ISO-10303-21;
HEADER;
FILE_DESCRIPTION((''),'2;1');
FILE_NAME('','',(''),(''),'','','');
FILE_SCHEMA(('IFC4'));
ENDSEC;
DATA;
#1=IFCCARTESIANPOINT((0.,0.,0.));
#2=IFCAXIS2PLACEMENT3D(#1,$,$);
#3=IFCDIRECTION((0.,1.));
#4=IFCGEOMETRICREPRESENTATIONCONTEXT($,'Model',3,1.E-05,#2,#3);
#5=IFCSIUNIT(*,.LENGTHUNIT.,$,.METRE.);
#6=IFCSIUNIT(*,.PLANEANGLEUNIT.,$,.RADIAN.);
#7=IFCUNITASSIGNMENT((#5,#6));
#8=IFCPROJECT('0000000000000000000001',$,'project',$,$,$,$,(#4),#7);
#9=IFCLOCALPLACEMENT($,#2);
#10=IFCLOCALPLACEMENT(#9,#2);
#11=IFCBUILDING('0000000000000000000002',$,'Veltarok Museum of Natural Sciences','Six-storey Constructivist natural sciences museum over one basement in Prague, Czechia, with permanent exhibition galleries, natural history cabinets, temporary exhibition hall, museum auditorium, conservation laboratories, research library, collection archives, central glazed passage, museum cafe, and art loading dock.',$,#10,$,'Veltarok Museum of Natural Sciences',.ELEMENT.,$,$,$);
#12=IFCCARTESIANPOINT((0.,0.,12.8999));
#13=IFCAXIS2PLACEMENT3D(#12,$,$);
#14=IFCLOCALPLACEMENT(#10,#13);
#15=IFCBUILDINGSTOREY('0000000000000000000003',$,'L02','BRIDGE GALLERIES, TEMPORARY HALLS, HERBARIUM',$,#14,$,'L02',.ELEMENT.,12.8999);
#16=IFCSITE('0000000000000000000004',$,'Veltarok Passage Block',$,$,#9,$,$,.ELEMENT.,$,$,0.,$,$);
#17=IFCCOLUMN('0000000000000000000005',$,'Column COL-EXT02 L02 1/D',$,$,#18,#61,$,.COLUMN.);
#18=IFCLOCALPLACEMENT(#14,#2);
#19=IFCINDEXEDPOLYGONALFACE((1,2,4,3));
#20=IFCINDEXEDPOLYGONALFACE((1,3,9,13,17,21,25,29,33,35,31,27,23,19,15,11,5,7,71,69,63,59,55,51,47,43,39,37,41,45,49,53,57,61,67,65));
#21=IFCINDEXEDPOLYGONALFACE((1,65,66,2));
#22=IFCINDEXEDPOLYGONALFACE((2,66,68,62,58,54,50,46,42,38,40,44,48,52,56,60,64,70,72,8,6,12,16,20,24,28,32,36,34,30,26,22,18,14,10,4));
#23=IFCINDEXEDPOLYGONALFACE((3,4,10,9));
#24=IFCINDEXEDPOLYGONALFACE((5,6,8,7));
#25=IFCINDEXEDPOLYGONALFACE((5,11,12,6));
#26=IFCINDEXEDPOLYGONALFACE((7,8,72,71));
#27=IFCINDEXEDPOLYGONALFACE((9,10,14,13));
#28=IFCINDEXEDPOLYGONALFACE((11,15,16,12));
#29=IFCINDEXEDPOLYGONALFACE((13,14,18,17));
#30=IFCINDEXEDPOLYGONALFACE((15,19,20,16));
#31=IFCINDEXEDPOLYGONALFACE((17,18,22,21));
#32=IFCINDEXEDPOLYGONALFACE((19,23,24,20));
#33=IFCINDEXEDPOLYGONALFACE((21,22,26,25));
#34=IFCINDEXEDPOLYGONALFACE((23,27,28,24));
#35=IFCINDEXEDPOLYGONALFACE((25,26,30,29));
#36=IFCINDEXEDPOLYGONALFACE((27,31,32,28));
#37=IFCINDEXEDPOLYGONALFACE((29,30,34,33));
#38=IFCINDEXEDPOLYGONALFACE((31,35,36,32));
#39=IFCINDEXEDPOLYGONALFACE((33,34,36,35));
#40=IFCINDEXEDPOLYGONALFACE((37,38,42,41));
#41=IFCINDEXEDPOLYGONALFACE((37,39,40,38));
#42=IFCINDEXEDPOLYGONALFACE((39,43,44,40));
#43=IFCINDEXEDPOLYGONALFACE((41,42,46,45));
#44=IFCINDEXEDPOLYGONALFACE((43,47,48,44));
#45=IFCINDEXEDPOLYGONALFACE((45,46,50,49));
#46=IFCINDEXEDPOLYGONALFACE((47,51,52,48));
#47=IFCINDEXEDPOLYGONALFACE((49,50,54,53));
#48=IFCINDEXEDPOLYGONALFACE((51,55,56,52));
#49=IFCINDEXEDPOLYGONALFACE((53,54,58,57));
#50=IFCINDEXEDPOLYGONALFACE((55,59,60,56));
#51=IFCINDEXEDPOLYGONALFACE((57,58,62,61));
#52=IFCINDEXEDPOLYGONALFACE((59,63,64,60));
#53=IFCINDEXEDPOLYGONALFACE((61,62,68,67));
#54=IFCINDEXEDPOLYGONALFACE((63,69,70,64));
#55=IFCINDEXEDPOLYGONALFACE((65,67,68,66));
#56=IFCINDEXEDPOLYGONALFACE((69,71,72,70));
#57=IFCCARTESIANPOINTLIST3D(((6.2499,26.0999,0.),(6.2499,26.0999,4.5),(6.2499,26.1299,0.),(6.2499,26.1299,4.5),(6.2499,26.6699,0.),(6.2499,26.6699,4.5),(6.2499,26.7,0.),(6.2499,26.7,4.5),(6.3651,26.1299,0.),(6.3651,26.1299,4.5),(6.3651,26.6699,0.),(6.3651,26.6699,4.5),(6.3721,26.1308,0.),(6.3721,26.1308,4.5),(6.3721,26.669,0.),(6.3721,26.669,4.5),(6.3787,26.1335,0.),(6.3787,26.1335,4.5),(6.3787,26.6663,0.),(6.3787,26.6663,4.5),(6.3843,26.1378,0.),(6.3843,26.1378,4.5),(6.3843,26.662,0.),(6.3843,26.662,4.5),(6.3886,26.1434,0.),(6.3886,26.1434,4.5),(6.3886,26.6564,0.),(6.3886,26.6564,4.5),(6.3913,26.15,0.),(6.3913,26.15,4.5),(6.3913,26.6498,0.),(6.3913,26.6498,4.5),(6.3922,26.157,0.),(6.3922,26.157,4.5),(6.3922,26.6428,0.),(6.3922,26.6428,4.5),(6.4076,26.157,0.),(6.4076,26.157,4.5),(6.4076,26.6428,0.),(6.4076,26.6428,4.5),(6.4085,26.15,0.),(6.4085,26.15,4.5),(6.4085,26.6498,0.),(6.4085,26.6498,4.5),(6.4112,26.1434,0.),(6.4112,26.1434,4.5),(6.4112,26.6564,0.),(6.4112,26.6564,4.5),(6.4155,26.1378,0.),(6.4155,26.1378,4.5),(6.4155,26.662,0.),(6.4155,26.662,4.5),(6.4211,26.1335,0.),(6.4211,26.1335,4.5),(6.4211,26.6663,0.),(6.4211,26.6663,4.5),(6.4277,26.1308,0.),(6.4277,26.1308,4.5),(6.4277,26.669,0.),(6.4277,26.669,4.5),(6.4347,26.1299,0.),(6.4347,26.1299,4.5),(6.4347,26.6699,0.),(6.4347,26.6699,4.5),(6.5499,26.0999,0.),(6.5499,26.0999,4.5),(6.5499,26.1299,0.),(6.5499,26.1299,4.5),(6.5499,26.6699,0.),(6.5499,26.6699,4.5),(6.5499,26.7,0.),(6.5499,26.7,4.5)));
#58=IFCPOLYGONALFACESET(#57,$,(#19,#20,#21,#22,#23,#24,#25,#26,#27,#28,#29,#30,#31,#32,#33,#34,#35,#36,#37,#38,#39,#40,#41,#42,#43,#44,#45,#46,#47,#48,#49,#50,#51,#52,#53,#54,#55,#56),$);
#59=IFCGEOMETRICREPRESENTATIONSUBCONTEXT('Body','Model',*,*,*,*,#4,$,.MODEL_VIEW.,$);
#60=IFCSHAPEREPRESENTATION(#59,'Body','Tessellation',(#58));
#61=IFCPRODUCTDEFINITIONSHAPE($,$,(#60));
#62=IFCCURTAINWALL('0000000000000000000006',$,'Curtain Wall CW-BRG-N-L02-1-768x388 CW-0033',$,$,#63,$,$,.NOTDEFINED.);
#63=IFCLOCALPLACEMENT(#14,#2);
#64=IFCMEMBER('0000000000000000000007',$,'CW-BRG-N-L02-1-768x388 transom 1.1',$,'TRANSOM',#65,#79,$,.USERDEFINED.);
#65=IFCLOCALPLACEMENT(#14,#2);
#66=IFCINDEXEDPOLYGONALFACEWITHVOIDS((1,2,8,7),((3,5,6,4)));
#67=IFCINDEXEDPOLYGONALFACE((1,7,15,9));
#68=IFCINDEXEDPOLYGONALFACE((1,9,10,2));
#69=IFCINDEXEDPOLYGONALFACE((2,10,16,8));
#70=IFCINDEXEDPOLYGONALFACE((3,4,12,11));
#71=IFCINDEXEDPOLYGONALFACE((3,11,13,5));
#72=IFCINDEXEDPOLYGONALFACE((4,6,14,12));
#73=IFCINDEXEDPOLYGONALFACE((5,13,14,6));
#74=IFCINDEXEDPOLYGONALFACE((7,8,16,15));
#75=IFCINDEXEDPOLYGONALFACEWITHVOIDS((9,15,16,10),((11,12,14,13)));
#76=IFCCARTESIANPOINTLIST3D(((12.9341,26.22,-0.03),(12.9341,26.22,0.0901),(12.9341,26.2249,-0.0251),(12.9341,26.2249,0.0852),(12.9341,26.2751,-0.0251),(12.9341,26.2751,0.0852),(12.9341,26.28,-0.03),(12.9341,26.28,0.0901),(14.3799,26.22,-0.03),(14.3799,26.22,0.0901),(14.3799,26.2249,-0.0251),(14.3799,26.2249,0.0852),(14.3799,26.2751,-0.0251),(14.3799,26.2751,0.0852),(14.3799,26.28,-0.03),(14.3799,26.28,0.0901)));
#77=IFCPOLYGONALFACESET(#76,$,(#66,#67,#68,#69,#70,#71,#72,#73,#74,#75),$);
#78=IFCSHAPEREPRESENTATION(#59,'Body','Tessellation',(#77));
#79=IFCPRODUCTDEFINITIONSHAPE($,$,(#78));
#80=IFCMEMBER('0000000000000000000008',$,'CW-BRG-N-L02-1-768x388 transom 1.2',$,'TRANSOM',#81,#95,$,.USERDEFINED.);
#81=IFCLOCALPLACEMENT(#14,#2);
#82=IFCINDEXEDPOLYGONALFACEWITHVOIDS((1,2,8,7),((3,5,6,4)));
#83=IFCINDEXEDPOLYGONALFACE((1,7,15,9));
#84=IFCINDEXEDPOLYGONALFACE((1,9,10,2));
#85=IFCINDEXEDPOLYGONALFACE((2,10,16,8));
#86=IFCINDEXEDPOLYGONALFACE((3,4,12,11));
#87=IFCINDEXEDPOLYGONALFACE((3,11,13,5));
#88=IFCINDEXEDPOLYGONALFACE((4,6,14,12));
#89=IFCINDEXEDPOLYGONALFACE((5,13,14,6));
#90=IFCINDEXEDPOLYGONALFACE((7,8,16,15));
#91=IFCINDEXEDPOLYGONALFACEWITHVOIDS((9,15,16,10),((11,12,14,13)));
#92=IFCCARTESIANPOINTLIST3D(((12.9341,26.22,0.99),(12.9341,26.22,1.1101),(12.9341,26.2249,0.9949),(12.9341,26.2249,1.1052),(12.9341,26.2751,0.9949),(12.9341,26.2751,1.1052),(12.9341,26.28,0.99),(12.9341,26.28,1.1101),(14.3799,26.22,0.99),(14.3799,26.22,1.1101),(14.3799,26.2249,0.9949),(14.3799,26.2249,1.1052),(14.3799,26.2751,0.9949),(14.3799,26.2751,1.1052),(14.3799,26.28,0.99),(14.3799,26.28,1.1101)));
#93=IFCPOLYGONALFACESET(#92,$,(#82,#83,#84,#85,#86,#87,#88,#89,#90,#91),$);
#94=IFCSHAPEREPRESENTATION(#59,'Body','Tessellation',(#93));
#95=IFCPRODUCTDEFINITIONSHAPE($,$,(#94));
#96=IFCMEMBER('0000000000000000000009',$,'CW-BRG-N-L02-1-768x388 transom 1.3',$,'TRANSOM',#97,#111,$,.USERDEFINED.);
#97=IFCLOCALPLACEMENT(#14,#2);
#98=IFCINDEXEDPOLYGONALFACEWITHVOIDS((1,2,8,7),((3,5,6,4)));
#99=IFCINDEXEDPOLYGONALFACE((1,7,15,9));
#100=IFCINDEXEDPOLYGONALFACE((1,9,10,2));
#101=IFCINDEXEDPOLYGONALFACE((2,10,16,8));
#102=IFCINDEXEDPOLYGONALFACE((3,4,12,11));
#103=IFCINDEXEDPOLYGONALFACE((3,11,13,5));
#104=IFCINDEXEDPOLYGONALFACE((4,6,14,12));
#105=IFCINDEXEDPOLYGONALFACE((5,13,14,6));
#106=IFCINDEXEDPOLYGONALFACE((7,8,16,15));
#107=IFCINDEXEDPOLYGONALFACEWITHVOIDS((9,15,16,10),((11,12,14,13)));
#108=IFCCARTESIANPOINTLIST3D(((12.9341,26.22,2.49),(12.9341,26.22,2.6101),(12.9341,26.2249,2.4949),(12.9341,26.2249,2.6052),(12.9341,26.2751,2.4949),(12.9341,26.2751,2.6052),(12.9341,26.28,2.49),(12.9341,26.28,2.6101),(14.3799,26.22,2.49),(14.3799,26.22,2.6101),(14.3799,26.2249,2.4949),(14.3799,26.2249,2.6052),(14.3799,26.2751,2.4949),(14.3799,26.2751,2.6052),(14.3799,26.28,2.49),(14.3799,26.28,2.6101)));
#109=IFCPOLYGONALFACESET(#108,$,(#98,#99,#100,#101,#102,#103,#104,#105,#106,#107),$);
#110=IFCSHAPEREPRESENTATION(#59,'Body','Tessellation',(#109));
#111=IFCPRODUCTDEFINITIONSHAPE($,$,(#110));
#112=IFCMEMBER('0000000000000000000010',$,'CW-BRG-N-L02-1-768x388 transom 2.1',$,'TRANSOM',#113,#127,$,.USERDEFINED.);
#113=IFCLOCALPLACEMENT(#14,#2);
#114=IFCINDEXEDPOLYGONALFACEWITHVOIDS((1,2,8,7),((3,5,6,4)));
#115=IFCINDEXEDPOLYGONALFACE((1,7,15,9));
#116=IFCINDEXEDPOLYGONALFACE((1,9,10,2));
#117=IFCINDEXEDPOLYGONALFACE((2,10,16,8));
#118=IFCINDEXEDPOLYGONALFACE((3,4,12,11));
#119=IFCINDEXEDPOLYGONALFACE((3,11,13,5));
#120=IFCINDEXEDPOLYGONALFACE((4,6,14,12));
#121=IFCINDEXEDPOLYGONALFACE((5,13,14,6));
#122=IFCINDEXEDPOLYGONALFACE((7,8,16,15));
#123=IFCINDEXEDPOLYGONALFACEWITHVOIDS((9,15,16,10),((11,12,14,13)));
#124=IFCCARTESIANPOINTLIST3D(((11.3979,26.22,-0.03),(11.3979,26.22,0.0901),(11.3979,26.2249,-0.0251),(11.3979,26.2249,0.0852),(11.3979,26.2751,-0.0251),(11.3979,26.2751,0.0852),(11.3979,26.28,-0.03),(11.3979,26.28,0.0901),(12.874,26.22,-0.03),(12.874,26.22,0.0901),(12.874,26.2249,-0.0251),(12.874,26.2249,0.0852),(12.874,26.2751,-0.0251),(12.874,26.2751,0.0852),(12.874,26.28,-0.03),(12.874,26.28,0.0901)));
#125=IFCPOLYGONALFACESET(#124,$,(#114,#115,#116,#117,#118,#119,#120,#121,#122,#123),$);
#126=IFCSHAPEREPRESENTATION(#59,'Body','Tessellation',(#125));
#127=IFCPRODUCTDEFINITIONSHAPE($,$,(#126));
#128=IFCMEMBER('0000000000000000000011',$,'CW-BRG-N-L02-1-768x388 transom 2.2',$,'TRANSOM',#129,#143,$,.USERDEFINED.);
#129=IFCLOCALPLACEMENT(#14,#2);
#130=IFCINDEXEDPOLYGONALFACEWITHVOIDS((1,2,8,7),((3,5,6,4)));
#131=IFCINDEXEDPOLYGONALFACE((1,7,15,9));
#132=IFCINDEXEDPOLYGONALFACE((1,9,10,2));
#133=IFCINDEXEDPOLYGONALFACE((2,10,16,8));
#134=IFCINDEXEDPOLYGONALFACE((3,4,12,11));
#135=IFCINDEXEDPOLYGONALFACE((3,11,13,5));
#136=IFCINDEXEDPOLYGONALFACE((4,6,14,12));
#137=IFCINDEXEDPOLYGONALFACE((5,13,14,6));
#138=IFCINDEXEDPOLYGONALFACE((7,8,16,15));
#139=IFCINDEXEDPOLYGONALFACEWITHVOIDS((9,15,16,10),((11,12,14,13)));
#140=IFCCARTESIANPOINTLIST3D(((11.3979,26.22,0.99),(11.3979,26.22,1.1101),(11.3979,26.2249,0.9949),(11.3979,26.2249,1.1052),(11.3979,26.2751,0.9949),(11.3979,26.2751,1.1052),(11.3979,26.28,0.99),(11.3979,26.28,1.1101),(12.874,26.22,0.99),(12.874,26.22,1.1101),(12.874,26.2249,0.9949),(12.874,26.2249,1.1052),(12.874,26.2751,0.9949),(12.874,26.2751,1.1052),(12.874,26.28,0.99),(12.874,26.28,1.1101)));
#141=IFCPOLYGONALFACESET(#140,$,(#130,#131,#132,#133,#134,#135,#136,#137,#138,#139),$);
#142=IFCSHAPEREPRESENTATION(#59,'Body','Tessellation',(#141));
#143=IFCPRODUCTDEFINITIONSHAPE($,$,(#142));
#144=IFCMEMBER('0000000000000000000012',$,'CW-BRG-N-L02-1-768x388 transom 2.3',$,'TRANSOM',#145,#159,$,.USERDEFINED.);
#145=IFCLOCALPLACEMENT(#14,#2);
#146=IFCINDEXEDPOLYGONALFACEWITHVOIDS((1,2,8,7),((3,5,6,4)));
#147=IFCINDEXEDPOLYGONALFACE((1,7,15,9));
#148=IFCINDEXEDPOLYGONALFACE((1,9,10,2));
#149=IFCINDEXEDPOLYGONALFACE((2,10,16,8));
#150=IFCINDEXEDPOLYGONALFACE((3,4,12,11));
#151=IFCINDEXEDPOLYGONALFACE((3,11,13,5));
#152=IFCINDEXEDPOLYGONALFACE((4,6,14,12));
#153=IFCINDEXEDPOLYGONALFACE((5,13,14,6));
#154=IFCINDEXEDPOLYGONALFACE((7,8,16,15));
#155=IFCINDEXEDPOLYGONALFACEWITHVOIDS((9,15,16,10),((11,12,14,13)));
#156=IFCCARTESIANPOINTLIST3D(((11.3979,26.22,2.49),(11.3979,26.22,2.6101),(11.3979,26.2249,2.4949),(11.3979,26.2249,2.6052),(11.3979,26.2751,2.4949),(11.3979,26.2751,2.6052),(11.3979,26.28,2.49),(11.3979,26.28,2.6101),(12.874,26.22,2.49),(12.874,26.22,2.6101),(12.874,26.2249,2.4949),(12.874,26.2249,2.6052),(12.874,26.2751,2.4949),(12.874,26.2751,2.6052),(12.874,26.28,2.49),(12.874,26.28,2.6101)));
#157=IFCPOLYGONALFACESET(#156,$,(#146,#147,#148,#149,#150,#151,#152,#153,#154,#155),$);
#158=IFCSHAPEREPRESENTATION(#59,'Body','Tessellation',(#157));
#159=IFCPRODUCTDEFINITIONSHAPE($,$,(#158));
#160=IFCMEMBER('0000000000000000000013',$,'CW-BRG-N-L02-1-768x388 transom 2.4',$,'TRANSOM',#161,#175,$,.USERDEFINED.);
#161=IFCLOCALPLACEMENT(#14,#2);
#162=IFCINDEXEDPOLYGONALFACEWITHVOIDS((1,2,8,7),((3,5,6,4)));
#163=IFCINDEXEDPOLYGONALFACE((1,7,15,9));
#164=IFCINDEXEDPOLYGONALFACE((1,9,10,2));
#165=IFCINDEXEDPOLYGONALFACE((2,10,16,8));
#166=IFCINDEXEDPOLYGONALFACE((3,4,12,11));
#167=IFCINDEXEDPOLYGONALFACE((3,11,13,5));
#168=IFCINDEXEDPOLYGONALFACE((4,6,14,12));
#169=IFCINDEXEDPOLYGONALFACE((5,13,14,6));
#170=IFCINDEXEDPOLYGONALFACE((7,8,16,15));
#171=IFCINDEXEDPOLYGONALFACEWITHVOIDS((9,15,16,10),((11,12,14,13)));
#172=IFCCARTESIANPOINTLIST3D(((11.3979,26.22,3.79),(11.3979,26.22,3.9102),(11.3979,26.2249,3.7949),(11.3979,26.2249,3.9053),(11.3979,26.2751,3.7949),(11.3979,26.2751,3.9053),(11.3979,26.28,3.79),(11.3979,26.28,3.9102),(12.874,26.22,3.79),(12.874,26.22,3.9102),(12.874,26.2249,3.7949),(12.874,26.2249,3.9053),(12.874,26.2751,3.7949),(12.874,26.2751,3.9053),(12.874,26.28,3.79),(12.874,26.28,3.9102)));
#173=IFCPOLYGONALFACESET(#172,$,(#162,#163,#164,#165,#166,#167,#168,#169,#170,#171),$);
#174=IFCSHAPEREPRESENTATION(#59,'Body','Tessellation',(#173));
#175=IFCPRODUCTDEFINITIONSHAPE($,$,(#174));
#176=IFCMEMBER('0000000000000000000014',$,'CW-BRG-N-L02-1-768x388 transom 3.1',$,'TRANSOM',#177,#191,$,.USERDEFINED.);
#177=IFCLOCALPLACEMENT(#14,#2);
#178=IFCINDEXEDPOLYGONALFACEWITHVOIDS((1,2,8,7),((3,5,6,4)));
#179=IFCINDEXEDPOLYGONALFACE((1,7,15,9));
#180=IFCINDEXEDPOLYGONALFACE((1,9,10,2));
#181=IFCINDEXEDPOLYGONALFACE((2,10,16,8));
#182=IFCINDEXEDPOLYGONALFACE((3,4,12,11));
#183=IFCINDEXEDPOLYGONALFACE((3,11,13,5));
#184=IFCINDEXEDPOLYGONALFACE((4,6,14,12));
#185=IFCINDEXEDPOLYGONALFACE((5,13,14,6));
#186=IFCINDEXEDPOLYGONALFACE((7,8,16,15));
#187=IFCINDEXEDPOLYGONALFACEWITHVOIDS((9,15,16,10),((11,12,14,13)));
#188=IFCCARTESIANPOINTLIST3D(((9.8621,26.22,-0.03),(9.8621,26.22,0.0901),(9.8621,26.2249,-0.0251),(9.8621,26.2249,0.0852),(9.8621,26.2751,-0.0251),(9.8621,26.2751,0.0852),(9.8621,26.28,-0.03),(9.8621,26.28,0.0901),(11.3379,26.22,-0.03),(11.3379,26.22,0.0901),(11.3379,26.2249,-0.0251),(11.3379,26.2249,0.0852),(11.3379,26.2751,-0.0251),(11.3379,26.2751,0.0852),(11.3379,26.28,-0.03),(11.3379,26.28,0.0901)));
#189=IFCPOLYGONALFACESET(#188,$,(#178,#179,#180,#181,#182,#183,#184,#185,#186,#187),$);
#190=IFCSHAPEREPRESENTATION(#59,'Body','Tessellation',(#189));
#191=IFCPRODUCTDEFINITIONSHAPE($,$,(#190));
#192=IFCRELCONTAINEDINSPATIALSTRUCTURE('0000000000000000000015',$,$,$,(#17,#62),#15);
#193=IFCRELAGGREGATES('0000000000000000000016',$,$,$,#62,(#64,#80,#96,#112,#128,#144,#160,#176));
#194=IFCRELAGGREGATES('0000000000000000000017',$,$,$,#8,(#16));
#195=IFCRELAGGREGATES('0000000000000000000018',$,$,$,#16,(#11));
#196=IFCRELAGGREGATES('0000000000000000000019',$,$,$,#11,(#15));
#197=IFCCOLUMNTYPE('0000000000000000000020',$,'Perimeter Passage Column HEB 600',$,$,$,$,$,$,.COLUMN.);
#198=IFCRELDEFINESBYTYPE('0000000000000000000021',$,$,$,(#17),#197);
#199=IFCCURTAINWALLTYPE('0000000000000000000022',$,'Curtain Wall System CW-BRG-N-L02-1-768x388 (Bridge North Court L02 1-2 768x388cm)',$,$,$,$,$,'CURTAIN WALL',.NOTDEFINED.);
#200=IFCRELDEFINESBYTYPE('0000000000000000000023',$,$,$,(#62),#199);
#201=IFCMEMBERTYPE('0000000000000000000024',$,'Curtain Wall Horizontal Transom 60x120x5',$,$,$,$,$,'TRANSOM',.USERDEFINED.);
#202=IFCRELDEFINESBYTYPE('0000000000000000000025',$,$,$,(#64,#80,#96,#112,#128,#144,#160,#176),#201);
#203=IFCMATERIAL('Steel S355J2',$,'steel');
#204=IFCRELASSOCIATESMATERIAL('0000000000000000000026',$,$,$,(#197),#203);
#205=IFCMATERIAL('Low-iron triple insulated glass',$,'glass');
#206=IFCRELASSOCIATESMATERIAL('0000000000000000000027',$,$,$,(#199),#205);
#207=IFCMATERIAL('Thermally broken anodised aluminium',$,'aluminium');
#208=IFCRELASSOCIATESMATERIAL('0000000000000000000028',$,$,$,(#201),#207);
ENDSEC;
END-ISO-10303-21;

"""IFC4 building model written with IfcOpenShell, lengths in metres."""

from ifc_helpers import new_model, si_unit, direction, frame, origin, origin_2d, place, context, subcontext, project, spatial, hollow_rectangle, i_section, extrude, material, material_profile, profile_set, type_object, element, aggregate, save


model = new_model("IFC4")

# Units and contexts
model_context = context("Model", 3, precision=1e-05, world=origin(), true_north=direction((0.0, 1.0)))
body_context = subcontext(model_context, "Body", "Model", "MODEL_VIEW")
ifc_project = project(units=[si_unit("LENGTHUNIT", "METRE"), si_unit("PLANEANGLEUNIT", "RADIAN")], contexts=[model_context])

# Site, building, storey
site_placement = place(None, origin())
site = spatial("IfcSite", under=ifc_project, at=site_placement, Name="Veltarok Passage Block", CompositionType="ELEMENT", RefElevation=0.0)
building_placement = place(site_placement, origin())
building = spatial("IfcBuilding", under=site, at=building_placement, Name="Veltarok Museum of Natural Sciences", Description="Six-storey Constructivist natural sciences museum over one basement in Prague, Czechia, with permanent exhibition galleries, natural history cabinets, temporary exhibition hall, museum auditorium, conservation laboratories, research library, collection archives, central glazed passage, museum cafe, and art loading dock.", LongName="Veltarok Museum of Natural Sciences", CompositionType="ELEMENT")
storey_placement = place(building_placement, frame((0.0, 0.0, 12.8999)))
storey = spatial("IfcBuildingStorey", under=building, at=storey_placement, Name="L02", Description="BRIDGE GALLERIES, TEMPORARY HALLS, HERBARIUM", LongName="L02", CompositionType="ELEMENT", Elevation=12.8999)

# Column
ifc_material_1 = material(Name="Steel S355J2", Category="steel")
ifc_material_profile_1 = material_profile(ifc_material_1, i_section(OverallWidth=0.3, OverallDepth=0.6001, WebThickness=0.0154, FlangeThickness=0.03, FilletRadius=0.0271, at=origin_2d()), Name="HEB 600")
ifc_profile_set_1 = profile_set([ifc_material_profile_1], Name="Steel S355J2")
column_type = type_object("IfcColumnType", Name="Perimeter Passage Column HEB 600", PredefinedType="COLUMN", material=ifc_profile_set_1)
column_placement = place(storey_placement, frame((6.3999, 26.3999, 0.0), z_axis=(0.0, 0.0, 1.0), x_axis=(1.0, 0.0, 0.0)))
element("IfcColumn", 1, at=column_placement, inside=storey, type_object=column_type, Name="Column COL-EXT02 L02 1/D", PredefinedType="COLUMN", context=body_context, shape_type="SweptSolid", body=[
    extrude(i_section(OverallWidth=0.3, OverallDepth=0.6001, WebThickness=0.0154, FlangeThickness=0.03, FilletRadius=0.0271, at=origin_2d()), origin(), (0.0, 0.0, 1.0), 4.5),
])

# Curtain wall, members
ifc_material_2 = material(Name="Low-iron triple insulated glass", Category="glass")
curtain_wall_type = type_object("IfcCurtainWallType", Name="Curtain Wall System CW-BRG-N-L02-1-768x388 (Bridge North Court L02 1-2 768x388cm)", ElementType="CURTAIN WALL", PredefinedType="NOTDEFINED", material=ifc_material_2)
curtain_wall_placement = place(storey_placement, origin())
curtain_wall = element("IfcCurtainWall", 2, at=curtain_wall_placement, inside=storey, type_object=curtain_wall_type, Name="Curtain Wall CW-BRG-N-L02-1-768x388 CW-0033", PredefinedType="NOTDEFINED")
ifc_material_3 = material(Name="Thermally broken anodised aluminium", Category="aluminium")
ifc_material_profile_2 = material_profile(ifc_material_3, hollow_rectangle(XDim=0.0601, YDim=0.1201, WallThickness=0.0049, at=origin_2d()), Name="CW TRANSOM 60x120x5")
ifc_profile_set_2 = profile_set([ifc_material_profile_2], Name="Thermally broken anodised aluminium")
member_type_1 = type_object("IfcMemberType", Name="Curtain Wall Horizontal Transom 60x120x5", ElementType="TRANSOM", PredefinedType="USERDEFINED", material=ifc_profile_set_2)
member_1_placement = place(storey_placement, frame((14.3799, 26.25, 0.03), z_axis=(-1.0, 0.0, 0.0), x_axis=(0.0, -1.0, 0.0)))
member_1 = element("IfcMember", 3, at=member_1_placement, type_object=member_type_1, Name="CW-BRG-N-L02-1-768x388 transom 1.1", ObjectType="TRANSOM", PredefinedType="USERDEFINED", context=body_context, shape_type="SweptSolid", body=[
    extrude(hollow_rectangle(XDim=0.0601, YDim=0.1201, WallThickness=0.0049, at=origin_2d()), origin(), (0.0, 0.0, 1.0), 1.4458),
])
member_2_placement = place(storey_placement, frame((14.3799, 26.25, 1.05), z_axis=(-1.0, 0.0, 0.0), x_axis=(0.0, -1.0, 0.0)))
member_2 = element("IfcMember", 4, at=member_2_placement, type_object=member_type_1, Name="CW-BRG-N-L02-1-768x388 transom 1.2", ObjectType="TRANSOM", PredefinedType="USERDEFINED", context=body_context, shape_type="SweptSolid", body=[
    extrude(hollow_rectangle(XDim=0.0601, YDim=0.1201, WallThickness=0.0049, at=origin_2d()), origin(), (0.0, 0.0, 1.0), 1.4458),
])
member_3_placement = place(storey_placement, frame((14.3799, 26.25, 2.55), z_axis=(-1.0, 0.0, 0.0), x_axis=(0.0, -1.0, 0.0)))
member_3 = element("IfcMember", 5, at=member_3_placement, type_object=member_type_1, Name="CW-BRG-N-L02-1-768x388 transom 1.3", ObjectType="TRANSOM", PredefinedType="USERDEFINED", context=body_context, shape_type="SweptSolid", body=[
    extrude(hollow_rectangle(XDim=0.0601, YDim=0.1201, WallThickness=0.0049, at=origin_2d()), origin(), (0.0, 0.0, 1.0), 1.4458),
])
member_4_placement = place(storey_placement, frame((12.874, 26.25, 0.03), z_axis=(-1.0, 0.0, 0.0), x_axis=(0.0, -1.0, 0.0)))
member_4 = element("IfcMember", 6, at=member_4_placement, type_object=member_type_1, Name="CW-BRG-N-L02-1-768x388 transom 2.1", ObjectType="TRANSOM", PredefinedType="USERDEFINED", context=body_context, shape_type="SweptSolid", body=[
    extrude(hollow_rectangle(XDim=0.0601, YDim=0.1201, WallThickness=0.0049, at=origin_2d()), origin(), (0.0, 0.0, 1.0), 1.4761),
])
member_5_placement = place(storey_placement, frame((12.874, 26.25, 1.05), z_axis=(-1.0, 0.0, 0.0), x_axis=(0.0, -1.0, 0.0)))
member_5 = element("IfcMember", 7, at=member_5_placement, type_object=member_type_1, Name="CW-BRG-N-L02-1-768x388 transom 2.2", ObjectType="TRANSOM", PredefinedType="USERDEFINED", context=body_context, shape_type="SweptSolid", body=[
    extrude(hollow_rectangle(XDim=0.0601, YDim=0.1201, WallThickness=0.0049, at=origin_2d()), origin(), (0.0, 0.0, 1.0), 1.4761),
])
member_6_placement = place(storey_placement, frame((12.874, 26.25, 2.55), z_axis=(-1.0, 0.0, 0.0), x_axis=(0.0, -1.0, 0.0)))
member_6 = element("IfcMember", 8, at=member_6_placement, type_object=member_type_1, Name="CW-BRG-N-L02-1-768x388 transom 2.3", ObjectType="TRANSOM", PredefinedType="USERDEFINED", context=body_context, shape_type="SweptSolid", body=[
    extrude(hollow_rectangle(XDim=0.0601, YDim=0.1201, WallThickness=0.0049, at=origin_2d()), origin(), (0.0, 0.0, 1.0), 1.4761),
])
member_7_placement = place(storey_placement, frame((12.874, 26.25, 3.8501), z_axis=(-1.0, 0.0, 0.0), x_axis=(0.0, -1.0, 0.0)))
member_7 = element("IfcMember", 9, at=member_7_placement, type_object=member_type_1, Name="CW-BRG-N-L02-1-768x388 transom 2.4", ObjectType="TRANSOM", PredefinedType="USERDEFINED", context=body_context, shape_type="SweptSolid", body=[
    extrude(hollow_rectangle(XDim=0.0601, YDim=0.1201, WallThickness=0.0049, at=origin_2d()), origin(), (0.0, 0.0, 1.0), 1.4761),
])
member_8_placement = place(storey_placement, frame((11.3379, 26.25, 0.03), z_axis=(-1.0, 0.0, 0.0), x_axis=(0.0, -1.0, 0.0)))
member_8 = element("IfcMember", 10, at=member_8_placement, type_object=member_type_1, Name="CW-BRG-N-L02-1-768x388 transom 3.1", ObjectType="TRANSOM", PredefinedType="USERDEFINED", context=body_context, shape_type="SweptSolid", body=[
    extrude(hollow_rectangle(XDim=0.0601, YDim=0.1201, WallThickness=0.0049, at=origin_2d()), origin(), (0.0, 0.0, 1.0), 1.4758),
])

aggregate(curtain_wall, [member_1, member_2, member_3, member_4, member_5, member_6, member_7, member_8])

save(model, "model.ifc")
